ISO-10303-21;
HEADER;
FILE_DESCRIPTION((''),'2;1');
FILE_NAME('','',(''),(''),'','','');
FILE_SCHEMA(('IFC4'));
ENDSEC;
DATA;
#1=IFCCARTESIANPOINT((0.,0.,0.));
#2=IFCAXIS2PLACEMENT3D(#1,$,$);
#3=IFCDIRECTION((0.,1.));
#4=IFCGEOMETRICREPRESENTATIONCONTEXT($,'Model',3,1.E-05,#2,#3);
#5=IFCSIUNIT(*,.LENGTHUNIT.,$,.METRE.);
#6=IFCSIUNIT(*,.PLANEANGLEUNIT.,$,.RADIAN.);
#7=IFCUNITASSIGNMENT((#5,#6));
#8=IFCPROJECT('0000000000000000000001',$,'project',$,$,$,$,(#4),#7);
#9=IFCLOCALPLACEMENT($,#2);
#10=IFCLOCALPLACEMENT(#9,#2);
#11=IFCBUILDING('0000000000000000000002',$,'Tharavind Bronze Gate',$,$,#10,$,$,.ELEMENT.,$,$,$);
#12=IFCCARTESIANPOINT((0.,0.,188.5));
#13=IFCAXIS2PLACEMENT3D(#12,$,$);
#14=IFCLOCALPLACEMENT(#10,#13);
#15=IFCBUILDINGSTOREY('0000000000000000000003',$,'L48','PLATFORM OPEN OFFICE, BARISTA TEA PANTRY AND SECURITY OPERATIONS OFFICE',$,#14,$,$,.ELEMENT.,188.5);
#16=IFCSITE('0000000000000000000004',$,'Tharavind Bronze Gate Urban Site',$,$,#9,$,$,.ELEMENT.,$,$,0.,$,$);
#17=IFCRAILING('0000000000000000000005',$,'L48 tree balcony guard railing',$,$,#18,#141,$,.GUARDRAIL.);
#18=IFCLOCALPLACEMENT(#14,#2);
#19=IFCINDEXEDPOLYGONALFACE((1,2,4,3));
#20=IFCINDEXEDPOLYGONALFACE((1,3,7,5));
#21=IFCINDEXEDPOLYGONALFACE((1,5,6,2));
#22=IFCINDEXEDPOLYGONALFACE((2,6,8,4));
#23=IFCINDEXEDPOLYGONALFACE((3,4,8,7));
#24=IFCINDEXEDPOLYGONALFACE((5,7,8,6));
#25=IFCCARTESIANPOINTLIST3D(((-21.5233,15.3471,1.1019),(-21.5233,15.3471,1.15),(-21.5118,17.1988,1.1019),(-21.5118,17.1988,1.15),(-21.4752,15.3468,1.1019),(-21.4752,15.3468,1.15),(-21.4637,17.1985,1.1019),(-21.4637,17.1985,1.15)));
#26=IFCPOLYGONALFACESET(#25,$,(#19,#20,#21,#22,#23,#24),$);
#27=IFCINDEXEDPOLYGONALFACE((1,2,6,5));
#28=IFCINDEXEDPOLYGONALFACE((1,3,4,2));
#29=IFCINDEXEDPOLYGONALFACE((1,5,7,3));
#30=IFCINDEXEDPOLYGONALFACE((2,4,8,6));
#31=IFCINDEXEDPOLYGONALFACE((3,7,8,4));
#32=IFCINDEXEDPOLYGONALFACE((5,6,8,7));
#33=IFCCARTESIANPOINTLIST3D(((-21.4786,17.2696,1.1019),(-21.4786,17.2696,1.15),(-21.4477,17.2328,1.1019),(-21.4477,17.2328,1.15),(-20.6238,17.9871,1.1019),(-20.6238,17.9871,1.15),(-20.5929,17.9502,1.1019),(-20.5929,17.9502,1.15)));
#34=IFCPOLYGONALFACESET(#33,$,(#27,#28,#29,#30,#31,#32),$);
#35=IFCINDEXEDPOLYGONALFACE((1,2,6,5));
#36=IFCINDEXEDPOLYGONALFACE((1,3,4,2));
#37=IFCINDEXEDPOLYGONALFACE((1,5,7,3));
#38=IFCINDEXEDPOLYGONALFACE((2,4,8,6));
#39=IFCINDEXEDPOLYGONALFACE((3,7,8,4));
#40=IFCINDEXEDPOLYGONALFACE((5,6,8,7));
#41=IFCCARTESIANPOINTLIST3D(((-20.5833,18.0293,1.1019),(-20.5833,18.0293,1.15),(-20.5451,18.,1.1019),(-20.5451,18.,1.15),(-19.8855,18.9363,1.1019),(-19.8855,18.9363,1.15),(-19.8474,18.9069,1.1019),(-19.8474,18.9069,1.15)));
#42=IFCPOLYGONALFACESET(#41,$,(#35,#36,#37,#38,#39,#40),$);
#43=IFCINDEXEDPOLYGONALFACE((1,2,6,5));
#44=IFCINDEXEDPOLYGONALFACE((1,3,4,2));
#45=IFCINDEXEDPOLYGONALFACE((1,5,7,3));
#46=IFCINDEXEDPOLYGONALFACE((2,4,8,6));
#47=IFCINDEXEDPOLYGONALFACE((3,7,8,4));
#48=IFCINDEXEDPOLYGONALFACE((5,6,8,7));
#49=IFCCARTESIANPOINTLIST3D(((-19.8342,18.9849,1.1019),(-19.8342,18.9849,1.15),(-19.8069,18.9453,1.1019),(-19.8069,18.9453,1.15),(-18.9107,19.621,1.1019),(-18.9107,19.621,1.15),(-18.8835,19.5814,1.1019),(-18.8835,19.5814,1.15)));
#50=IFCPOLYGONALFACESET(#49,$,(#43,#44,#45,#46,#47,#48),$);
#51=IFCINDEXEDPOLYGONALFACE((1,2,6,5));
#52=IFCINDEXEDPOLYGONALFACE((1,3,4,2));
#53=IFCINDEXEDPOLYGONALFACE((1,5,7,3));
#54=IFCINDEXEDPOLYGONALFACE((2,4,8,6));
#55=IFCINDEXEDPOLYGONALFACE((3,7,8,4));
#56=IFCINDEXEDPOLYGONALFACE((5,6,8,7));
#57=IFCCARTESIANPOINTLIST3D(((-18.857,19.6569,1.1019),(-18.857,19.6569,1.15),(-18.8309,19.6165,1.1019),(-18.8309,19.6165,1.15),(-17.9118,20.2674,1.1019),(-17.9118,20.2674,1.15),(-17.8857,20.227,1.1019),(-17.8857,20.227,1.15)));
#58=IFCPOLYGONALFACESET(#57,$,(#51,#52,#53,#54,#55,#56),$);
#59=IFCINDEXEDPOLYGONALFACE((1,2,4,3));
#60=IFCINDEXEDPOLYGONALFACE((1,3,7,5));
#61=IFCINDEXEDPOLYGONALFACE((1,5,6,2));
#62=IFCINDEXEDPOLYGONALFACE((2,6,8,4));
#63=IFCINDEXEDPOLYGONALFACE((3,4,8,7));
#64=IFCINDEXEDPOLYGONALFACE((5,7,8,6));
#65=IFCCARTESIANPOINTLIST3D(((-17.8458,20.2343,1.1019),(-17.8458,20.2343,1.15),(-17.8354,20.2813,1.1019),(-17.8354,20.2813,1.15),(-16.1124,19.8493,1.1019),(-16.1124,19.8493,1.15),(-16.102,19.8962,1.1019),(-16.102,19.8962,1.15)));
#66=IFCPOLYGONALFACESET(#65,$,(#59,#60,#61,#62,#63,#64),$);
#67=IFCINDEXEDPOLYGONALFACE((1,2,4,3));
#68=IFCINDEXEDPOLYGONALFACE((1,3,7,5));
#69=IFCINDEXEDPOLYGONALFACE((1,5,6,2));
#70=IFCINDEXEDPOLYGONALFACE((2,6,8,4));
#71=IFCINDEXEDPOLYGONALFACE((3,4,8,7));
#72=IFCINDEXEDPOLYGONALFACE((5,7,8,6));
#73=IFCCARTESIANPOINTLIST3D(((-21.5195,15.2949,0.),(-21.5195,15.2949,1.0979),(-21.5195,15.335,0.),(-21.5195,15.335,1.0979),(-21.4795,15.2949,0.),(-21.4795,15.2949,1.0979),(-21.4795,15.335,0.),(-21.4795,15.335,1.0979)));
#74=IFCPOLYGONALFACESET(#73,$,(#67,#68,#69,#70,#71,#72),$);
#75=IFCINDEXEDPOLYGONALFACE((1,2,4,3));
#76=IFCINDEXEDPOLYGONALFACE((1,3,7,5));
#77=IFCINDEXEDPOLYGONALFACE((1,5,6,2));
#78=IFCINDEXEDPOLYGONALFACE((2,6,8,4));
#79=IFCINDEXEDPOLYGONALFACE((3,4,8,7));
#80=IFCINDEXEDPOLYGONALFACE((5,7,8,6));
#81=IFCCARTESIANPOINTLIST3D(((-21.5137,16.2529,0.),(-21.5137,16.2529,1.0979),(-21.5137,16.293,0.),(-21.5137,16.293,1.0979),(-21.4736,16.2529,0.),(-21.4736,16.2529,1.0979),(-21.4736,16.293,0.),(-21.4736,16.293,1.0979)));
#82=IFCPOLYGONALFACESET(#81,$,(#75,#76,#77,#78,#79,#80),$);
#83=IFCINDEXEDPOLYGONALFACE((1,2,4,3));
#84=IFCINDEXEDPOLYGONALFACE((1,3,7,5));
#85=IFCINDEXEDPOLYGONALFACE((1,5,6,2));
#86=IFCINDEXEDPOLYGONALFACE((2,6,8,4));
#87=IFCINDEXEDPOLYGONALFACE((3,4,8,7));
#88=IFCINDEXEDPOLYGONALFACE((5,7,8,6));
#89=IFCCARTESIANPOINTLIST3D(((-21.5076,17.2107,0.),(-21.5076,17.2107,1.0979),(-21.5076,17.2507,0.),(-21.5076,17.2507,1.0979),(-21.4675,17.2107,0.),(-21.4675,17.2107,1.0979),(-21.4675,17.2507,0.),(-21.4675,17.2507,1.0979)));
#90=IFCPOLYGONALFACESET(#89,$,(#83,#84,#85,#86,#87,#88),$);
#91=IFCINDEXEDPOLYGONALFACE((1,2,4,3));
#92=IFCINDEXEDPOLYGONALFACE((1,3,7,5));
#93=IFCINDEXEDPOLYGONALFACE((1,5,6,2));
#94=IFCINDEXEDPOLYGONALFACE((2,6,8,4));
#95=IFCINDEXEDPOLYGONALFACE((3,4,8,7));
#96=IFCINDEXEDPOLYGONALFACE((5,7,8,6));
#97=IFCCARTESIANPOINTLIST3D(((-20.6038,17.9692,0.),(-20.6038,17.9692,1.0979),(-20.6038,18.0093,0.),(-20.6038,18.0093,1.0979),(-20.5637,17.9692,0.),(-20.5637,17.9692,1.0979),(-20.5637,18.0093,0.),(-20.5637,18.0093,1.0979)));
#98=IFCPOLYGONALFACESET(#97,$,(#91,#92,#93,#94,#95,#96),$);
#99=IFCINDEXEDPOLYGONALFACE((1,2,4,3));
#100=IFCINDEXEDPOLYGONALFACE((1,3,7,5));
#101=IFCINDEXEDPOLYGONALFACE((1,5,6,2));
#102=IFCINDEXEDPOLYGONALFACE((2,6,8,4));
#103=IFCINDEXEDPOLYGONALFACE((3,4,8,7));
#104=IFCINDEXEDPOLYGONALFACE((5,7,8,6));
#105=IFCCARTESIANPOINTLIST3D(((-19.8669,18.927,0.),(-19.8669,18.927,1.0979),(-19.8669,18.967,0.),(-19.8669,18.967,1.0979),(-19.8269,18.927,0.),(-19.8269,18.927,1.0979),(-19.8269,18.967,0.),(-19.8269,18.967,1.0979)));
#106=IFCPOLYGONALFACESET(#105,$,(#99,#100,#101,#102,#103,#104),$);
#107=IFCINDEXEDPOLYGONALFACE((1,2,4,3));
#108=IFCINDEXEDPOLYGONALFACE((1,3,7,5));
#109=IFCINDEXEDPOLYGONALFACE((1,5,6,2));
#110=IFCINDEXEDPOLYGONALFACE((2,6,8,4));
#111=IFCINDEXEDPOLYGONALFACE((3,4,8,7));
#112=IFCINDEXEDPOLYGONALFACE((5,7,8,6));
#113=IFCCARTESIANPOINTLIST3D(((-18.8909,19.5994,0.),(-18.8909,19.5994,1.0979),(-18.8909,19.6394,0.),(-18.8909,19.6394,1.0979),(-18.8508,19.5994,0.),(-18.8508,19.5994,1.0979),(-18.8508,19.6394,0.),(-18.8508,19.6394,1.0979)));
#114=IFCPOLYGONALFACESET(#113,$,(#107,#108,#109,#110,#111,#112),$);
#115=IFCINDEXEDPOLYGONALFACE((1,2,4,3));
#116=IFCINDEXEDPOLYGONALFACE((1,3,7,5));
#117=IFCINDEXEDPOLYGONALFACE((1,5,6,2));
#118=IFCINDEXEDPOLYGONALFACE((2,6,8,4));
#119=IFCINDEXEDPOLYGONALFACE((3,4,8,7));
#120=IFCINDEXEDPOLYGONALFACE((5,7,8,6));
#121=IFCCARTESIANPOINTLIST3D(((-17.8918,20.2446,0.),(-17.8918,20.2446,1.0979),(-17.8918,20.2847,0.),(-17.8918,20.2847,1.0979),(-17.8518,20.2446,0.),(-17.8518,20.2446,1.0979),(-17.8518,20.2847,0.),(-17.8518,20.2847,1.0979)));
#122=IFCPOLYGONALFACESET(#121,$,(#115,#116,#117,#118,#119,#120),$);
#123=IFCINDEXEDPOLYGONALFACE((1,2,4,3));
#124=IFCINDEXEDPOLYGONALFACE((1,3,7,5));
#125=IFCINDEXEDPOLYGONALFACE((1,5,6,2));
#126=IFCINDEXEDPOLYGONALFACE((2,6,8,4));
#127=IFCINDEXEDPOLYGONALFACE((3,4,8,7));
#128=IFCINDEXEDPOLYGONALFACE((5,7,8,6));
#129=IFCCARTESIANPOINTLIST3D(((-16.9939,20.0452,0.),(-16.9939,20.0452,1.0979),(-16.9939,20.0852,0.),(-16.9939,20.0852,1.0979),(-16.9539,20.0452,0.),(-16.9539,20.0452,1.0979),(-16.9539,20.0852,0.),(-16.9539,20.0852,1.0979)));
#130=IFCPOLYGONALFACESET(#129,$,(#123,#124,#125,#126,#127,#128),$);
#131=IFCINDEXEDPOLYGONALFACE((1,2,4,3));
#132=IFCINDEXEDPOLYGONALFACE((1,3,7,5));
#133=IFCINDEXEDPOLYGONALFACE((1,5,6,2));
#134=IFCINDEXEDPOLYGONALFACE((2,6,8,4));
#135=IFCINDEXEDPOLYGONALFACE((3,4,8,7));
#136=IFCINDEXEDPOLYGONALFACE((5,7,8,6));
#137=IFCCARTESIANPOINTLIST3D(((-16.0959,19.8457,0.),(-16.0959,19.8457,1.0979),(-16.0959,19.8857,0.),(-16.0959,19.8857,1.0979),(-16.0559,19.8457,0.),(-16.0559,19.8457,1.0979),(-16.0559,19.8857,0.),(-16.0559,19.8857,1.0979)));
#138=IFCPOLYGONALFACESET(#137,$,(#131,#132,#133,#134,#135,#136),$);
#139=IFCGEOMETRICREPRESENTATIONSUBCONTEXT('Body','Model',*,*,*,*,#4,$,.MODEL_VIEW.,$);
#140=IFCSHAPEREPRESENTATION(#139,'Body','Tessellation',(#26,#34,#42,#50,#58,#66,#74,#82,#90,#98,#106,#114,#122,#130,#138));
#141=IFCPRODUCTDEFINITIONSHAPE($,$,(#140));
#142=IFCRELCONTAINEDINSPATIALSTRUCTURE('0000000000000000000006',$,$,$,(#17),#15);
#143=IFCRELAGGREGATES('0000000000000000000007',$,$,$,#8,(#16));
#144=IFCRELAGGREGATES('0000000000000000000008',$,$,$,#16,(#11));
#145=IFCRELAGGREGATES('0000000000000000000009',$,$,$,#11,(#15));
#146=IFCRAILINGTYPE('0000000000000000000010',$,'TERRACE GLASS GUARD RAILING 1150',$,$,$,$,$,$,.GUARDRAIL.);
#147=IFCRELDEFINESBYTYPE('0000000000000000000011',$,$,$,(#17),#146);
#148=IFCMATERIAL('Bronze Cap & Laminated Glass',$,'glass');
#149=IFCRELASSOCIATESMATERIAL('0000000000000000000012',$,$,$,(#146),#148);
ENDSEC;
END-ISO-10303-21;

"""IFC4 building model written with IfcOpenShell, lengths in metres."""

from ifc_helpers import new_model, si_unit, direction, frame, origin, origin_2d, place, context, subcontext, project, spatial, rectangle, extrude, material, type_object, element, save


model = new_model("IFC4")

# Units and contexts
model_context = context("Model", 3, precision=1e-05, world=origin(), true_north=direction((0.0, 1.0)))
body_context = subcontext(model_context, "Body", "Model", "MODEL_VIEW")
ifc_project = project(units=[si_unit("LENGTHUNIT", "METRE"), si_unit("PLANEANGLEUNIT", "RADIAN")], contexts=[model_context])

# Site, building, storey
site_placement = place(None, origin())
site = spatial("IfcSite", under=ifc_project, at=site_placement, Name="Tharavind Bronze Gate Urban Site", CompositionType="ELEMENT", RefElevation=0.0)
building_placement = place(site_placement, origin())
building = spatial("IfcBuilding", under=site, at=building_placement, Name="Tharavind Bronze Gate", CompositionType="ELEMENT")
storey_placement = place(building_placement, frame((0.0, 0.0, 188.5)))
storey = spatial("IfcBuildingStorey", under=building, at=storey_placement, Name="L48", Description="PLATFORM OPEN OFFICE, BARISTA TEA PANTRY AND SECURITY OPERATIONS OFFICE", CompositionType="ELEMENT", Elevation=188.5)

# Railing
ifc_material_1 = material(Name="Bronze Cap & Laminated Glass", Category="glass")
railing_type = type_object("IfcRailingType", Name="TERRACE GLASS GUARD RAILING 1150", PredefinedType="GUARDRAIL", material=ifc_material_1)
railing_placement = place(storey_placement, frame((-21.4995, 15.3149, 0.0)))
element("IfcRailing", 1, at=railing_placement, inside=storey, type_object=railing_type, Name="L48 tree balcony guard railing", PredefinedType="GUARDRAIL", context=body_context, shape_type="SweptSolid", body=[
    extrude(rectangle(XDim=0.0481, YDim=0.0481, at=origin_2d()), frame((0.0002, 0.032, 1.126), z_axis=(0.006244, 0.999981, 0.0), x_axis=(-0.999981, 0.006244, 0.0)), (0.0, 0.0, 1.0), 1.8518),
    extrude(rectangle(XDim=0.0481, YDim=0.0481, at=origin_2d()), frame((0.0364, 1.9363, 1.126), z_axis=(0.765978, 0.642867, 0.0), x_axis=(-0.642867, 0.765978, 0.0)), (0.0, 0.0, 1.0), 1.116),
    extrude(rectangle(XDim=0.0481, YDim=0.0481, at=origin_2d()), frame((0.9353, 2.6997, 1.126), z_axis=(0.60975, 0.792594, 0.0), x_axis=(-0.792594, 0.60975, 0.0)), (0.0, 0.0, 1.0), 1.1443),
    extrude(rectangle(XDim=0.0481, YDim=0.0481, at=origin_2d()), frame((1.679, 3.6501, 1.126), z_axis=(0.823525, 0.56728, 0.0), x_axis=(-0.56728, 0.823525, 0.0)), (0.0, 0.0, 1.0), 1.1213),
    extrude(rectangle(XDim=0.0481, YDim=0.0481, at=origin_2d()), frame((2.6555, 4.3218, 1.126), z_axis=(0.840016, 0.542562, 0.0), x_axis=(-0.542562, 0.840016, 0.0)), (0.0, 0.0, 1.0), 1.1252),
    extrude(rectangle(XDim=0.0481, YDim=0.0481, at=origin_2d()), frame((3.6589, 4.9429, 1.126), z_axis=(0.976206, -0.216846, 0.0), x_axis=(0.216846, 0.976206, 0.0)), (0.0, 0.0, 1.0), 1.7756),
    extrude(rectangle(XDim=0.04, YDim=0.04, at=origin_2d()), origin(), (0.0, 0.0, 1.0), 1.0979),
    extrude(rectangle(XDim=0.04, YDim=0.04, at=origin_2d()), frame((0.0059, 0.958, 0.0)), (0.0, 0.0, 1.0), 1.0979),
    extrude(rectangle(XDim=0.04, YDim=0.04, at=origin_2d()), frame((0.012, 1.9158, 0.0)), (0.0, 0.0, 1.0), 1.0979),
    extrude(rectangle(XDim=0.04, YDim=0.04, at=origin_2d()), frame((0.9158, 2.6743, 0.0)), (0.0, 0.0, 1.0), 1.0979),
    extrude(rectangle(XDim=0.04, YDim=0.04, at=origin_2d()), frame((1.6526, 3.6321, 0.0)), (0.0, 0.0, 1.0), 1.0979),
    extrude(rectangle(XDim=0.04, YDim=0.04, at=origin_2d()), frame((2.6287, 4.3044, 0.0)), (0.0, 0.0, 1.0), 1.0979),
    extrude(rectangle(XDim=0.04, YDim=0.04, at=origin_2d()), frame((3.6277, 4.9497, 0.0)), (0.0, 0.0, 1.0), 1.0979),
    extrude(rectangle(XDim=0.04, YDim=0.04, at=origin_2d()), frame((4.5256, 4.7502, 0.0)), (0.0, 0.0, 1.0), 1.0979),
    extrude(rectangle(XDim=0.04, YDim=0.04, at=origin_2d()), frame((5.4236, 4.5508, 0.0)), (0.0, 0.0, 1.0), 1.0979),
])

save(model, "model.ifc")
